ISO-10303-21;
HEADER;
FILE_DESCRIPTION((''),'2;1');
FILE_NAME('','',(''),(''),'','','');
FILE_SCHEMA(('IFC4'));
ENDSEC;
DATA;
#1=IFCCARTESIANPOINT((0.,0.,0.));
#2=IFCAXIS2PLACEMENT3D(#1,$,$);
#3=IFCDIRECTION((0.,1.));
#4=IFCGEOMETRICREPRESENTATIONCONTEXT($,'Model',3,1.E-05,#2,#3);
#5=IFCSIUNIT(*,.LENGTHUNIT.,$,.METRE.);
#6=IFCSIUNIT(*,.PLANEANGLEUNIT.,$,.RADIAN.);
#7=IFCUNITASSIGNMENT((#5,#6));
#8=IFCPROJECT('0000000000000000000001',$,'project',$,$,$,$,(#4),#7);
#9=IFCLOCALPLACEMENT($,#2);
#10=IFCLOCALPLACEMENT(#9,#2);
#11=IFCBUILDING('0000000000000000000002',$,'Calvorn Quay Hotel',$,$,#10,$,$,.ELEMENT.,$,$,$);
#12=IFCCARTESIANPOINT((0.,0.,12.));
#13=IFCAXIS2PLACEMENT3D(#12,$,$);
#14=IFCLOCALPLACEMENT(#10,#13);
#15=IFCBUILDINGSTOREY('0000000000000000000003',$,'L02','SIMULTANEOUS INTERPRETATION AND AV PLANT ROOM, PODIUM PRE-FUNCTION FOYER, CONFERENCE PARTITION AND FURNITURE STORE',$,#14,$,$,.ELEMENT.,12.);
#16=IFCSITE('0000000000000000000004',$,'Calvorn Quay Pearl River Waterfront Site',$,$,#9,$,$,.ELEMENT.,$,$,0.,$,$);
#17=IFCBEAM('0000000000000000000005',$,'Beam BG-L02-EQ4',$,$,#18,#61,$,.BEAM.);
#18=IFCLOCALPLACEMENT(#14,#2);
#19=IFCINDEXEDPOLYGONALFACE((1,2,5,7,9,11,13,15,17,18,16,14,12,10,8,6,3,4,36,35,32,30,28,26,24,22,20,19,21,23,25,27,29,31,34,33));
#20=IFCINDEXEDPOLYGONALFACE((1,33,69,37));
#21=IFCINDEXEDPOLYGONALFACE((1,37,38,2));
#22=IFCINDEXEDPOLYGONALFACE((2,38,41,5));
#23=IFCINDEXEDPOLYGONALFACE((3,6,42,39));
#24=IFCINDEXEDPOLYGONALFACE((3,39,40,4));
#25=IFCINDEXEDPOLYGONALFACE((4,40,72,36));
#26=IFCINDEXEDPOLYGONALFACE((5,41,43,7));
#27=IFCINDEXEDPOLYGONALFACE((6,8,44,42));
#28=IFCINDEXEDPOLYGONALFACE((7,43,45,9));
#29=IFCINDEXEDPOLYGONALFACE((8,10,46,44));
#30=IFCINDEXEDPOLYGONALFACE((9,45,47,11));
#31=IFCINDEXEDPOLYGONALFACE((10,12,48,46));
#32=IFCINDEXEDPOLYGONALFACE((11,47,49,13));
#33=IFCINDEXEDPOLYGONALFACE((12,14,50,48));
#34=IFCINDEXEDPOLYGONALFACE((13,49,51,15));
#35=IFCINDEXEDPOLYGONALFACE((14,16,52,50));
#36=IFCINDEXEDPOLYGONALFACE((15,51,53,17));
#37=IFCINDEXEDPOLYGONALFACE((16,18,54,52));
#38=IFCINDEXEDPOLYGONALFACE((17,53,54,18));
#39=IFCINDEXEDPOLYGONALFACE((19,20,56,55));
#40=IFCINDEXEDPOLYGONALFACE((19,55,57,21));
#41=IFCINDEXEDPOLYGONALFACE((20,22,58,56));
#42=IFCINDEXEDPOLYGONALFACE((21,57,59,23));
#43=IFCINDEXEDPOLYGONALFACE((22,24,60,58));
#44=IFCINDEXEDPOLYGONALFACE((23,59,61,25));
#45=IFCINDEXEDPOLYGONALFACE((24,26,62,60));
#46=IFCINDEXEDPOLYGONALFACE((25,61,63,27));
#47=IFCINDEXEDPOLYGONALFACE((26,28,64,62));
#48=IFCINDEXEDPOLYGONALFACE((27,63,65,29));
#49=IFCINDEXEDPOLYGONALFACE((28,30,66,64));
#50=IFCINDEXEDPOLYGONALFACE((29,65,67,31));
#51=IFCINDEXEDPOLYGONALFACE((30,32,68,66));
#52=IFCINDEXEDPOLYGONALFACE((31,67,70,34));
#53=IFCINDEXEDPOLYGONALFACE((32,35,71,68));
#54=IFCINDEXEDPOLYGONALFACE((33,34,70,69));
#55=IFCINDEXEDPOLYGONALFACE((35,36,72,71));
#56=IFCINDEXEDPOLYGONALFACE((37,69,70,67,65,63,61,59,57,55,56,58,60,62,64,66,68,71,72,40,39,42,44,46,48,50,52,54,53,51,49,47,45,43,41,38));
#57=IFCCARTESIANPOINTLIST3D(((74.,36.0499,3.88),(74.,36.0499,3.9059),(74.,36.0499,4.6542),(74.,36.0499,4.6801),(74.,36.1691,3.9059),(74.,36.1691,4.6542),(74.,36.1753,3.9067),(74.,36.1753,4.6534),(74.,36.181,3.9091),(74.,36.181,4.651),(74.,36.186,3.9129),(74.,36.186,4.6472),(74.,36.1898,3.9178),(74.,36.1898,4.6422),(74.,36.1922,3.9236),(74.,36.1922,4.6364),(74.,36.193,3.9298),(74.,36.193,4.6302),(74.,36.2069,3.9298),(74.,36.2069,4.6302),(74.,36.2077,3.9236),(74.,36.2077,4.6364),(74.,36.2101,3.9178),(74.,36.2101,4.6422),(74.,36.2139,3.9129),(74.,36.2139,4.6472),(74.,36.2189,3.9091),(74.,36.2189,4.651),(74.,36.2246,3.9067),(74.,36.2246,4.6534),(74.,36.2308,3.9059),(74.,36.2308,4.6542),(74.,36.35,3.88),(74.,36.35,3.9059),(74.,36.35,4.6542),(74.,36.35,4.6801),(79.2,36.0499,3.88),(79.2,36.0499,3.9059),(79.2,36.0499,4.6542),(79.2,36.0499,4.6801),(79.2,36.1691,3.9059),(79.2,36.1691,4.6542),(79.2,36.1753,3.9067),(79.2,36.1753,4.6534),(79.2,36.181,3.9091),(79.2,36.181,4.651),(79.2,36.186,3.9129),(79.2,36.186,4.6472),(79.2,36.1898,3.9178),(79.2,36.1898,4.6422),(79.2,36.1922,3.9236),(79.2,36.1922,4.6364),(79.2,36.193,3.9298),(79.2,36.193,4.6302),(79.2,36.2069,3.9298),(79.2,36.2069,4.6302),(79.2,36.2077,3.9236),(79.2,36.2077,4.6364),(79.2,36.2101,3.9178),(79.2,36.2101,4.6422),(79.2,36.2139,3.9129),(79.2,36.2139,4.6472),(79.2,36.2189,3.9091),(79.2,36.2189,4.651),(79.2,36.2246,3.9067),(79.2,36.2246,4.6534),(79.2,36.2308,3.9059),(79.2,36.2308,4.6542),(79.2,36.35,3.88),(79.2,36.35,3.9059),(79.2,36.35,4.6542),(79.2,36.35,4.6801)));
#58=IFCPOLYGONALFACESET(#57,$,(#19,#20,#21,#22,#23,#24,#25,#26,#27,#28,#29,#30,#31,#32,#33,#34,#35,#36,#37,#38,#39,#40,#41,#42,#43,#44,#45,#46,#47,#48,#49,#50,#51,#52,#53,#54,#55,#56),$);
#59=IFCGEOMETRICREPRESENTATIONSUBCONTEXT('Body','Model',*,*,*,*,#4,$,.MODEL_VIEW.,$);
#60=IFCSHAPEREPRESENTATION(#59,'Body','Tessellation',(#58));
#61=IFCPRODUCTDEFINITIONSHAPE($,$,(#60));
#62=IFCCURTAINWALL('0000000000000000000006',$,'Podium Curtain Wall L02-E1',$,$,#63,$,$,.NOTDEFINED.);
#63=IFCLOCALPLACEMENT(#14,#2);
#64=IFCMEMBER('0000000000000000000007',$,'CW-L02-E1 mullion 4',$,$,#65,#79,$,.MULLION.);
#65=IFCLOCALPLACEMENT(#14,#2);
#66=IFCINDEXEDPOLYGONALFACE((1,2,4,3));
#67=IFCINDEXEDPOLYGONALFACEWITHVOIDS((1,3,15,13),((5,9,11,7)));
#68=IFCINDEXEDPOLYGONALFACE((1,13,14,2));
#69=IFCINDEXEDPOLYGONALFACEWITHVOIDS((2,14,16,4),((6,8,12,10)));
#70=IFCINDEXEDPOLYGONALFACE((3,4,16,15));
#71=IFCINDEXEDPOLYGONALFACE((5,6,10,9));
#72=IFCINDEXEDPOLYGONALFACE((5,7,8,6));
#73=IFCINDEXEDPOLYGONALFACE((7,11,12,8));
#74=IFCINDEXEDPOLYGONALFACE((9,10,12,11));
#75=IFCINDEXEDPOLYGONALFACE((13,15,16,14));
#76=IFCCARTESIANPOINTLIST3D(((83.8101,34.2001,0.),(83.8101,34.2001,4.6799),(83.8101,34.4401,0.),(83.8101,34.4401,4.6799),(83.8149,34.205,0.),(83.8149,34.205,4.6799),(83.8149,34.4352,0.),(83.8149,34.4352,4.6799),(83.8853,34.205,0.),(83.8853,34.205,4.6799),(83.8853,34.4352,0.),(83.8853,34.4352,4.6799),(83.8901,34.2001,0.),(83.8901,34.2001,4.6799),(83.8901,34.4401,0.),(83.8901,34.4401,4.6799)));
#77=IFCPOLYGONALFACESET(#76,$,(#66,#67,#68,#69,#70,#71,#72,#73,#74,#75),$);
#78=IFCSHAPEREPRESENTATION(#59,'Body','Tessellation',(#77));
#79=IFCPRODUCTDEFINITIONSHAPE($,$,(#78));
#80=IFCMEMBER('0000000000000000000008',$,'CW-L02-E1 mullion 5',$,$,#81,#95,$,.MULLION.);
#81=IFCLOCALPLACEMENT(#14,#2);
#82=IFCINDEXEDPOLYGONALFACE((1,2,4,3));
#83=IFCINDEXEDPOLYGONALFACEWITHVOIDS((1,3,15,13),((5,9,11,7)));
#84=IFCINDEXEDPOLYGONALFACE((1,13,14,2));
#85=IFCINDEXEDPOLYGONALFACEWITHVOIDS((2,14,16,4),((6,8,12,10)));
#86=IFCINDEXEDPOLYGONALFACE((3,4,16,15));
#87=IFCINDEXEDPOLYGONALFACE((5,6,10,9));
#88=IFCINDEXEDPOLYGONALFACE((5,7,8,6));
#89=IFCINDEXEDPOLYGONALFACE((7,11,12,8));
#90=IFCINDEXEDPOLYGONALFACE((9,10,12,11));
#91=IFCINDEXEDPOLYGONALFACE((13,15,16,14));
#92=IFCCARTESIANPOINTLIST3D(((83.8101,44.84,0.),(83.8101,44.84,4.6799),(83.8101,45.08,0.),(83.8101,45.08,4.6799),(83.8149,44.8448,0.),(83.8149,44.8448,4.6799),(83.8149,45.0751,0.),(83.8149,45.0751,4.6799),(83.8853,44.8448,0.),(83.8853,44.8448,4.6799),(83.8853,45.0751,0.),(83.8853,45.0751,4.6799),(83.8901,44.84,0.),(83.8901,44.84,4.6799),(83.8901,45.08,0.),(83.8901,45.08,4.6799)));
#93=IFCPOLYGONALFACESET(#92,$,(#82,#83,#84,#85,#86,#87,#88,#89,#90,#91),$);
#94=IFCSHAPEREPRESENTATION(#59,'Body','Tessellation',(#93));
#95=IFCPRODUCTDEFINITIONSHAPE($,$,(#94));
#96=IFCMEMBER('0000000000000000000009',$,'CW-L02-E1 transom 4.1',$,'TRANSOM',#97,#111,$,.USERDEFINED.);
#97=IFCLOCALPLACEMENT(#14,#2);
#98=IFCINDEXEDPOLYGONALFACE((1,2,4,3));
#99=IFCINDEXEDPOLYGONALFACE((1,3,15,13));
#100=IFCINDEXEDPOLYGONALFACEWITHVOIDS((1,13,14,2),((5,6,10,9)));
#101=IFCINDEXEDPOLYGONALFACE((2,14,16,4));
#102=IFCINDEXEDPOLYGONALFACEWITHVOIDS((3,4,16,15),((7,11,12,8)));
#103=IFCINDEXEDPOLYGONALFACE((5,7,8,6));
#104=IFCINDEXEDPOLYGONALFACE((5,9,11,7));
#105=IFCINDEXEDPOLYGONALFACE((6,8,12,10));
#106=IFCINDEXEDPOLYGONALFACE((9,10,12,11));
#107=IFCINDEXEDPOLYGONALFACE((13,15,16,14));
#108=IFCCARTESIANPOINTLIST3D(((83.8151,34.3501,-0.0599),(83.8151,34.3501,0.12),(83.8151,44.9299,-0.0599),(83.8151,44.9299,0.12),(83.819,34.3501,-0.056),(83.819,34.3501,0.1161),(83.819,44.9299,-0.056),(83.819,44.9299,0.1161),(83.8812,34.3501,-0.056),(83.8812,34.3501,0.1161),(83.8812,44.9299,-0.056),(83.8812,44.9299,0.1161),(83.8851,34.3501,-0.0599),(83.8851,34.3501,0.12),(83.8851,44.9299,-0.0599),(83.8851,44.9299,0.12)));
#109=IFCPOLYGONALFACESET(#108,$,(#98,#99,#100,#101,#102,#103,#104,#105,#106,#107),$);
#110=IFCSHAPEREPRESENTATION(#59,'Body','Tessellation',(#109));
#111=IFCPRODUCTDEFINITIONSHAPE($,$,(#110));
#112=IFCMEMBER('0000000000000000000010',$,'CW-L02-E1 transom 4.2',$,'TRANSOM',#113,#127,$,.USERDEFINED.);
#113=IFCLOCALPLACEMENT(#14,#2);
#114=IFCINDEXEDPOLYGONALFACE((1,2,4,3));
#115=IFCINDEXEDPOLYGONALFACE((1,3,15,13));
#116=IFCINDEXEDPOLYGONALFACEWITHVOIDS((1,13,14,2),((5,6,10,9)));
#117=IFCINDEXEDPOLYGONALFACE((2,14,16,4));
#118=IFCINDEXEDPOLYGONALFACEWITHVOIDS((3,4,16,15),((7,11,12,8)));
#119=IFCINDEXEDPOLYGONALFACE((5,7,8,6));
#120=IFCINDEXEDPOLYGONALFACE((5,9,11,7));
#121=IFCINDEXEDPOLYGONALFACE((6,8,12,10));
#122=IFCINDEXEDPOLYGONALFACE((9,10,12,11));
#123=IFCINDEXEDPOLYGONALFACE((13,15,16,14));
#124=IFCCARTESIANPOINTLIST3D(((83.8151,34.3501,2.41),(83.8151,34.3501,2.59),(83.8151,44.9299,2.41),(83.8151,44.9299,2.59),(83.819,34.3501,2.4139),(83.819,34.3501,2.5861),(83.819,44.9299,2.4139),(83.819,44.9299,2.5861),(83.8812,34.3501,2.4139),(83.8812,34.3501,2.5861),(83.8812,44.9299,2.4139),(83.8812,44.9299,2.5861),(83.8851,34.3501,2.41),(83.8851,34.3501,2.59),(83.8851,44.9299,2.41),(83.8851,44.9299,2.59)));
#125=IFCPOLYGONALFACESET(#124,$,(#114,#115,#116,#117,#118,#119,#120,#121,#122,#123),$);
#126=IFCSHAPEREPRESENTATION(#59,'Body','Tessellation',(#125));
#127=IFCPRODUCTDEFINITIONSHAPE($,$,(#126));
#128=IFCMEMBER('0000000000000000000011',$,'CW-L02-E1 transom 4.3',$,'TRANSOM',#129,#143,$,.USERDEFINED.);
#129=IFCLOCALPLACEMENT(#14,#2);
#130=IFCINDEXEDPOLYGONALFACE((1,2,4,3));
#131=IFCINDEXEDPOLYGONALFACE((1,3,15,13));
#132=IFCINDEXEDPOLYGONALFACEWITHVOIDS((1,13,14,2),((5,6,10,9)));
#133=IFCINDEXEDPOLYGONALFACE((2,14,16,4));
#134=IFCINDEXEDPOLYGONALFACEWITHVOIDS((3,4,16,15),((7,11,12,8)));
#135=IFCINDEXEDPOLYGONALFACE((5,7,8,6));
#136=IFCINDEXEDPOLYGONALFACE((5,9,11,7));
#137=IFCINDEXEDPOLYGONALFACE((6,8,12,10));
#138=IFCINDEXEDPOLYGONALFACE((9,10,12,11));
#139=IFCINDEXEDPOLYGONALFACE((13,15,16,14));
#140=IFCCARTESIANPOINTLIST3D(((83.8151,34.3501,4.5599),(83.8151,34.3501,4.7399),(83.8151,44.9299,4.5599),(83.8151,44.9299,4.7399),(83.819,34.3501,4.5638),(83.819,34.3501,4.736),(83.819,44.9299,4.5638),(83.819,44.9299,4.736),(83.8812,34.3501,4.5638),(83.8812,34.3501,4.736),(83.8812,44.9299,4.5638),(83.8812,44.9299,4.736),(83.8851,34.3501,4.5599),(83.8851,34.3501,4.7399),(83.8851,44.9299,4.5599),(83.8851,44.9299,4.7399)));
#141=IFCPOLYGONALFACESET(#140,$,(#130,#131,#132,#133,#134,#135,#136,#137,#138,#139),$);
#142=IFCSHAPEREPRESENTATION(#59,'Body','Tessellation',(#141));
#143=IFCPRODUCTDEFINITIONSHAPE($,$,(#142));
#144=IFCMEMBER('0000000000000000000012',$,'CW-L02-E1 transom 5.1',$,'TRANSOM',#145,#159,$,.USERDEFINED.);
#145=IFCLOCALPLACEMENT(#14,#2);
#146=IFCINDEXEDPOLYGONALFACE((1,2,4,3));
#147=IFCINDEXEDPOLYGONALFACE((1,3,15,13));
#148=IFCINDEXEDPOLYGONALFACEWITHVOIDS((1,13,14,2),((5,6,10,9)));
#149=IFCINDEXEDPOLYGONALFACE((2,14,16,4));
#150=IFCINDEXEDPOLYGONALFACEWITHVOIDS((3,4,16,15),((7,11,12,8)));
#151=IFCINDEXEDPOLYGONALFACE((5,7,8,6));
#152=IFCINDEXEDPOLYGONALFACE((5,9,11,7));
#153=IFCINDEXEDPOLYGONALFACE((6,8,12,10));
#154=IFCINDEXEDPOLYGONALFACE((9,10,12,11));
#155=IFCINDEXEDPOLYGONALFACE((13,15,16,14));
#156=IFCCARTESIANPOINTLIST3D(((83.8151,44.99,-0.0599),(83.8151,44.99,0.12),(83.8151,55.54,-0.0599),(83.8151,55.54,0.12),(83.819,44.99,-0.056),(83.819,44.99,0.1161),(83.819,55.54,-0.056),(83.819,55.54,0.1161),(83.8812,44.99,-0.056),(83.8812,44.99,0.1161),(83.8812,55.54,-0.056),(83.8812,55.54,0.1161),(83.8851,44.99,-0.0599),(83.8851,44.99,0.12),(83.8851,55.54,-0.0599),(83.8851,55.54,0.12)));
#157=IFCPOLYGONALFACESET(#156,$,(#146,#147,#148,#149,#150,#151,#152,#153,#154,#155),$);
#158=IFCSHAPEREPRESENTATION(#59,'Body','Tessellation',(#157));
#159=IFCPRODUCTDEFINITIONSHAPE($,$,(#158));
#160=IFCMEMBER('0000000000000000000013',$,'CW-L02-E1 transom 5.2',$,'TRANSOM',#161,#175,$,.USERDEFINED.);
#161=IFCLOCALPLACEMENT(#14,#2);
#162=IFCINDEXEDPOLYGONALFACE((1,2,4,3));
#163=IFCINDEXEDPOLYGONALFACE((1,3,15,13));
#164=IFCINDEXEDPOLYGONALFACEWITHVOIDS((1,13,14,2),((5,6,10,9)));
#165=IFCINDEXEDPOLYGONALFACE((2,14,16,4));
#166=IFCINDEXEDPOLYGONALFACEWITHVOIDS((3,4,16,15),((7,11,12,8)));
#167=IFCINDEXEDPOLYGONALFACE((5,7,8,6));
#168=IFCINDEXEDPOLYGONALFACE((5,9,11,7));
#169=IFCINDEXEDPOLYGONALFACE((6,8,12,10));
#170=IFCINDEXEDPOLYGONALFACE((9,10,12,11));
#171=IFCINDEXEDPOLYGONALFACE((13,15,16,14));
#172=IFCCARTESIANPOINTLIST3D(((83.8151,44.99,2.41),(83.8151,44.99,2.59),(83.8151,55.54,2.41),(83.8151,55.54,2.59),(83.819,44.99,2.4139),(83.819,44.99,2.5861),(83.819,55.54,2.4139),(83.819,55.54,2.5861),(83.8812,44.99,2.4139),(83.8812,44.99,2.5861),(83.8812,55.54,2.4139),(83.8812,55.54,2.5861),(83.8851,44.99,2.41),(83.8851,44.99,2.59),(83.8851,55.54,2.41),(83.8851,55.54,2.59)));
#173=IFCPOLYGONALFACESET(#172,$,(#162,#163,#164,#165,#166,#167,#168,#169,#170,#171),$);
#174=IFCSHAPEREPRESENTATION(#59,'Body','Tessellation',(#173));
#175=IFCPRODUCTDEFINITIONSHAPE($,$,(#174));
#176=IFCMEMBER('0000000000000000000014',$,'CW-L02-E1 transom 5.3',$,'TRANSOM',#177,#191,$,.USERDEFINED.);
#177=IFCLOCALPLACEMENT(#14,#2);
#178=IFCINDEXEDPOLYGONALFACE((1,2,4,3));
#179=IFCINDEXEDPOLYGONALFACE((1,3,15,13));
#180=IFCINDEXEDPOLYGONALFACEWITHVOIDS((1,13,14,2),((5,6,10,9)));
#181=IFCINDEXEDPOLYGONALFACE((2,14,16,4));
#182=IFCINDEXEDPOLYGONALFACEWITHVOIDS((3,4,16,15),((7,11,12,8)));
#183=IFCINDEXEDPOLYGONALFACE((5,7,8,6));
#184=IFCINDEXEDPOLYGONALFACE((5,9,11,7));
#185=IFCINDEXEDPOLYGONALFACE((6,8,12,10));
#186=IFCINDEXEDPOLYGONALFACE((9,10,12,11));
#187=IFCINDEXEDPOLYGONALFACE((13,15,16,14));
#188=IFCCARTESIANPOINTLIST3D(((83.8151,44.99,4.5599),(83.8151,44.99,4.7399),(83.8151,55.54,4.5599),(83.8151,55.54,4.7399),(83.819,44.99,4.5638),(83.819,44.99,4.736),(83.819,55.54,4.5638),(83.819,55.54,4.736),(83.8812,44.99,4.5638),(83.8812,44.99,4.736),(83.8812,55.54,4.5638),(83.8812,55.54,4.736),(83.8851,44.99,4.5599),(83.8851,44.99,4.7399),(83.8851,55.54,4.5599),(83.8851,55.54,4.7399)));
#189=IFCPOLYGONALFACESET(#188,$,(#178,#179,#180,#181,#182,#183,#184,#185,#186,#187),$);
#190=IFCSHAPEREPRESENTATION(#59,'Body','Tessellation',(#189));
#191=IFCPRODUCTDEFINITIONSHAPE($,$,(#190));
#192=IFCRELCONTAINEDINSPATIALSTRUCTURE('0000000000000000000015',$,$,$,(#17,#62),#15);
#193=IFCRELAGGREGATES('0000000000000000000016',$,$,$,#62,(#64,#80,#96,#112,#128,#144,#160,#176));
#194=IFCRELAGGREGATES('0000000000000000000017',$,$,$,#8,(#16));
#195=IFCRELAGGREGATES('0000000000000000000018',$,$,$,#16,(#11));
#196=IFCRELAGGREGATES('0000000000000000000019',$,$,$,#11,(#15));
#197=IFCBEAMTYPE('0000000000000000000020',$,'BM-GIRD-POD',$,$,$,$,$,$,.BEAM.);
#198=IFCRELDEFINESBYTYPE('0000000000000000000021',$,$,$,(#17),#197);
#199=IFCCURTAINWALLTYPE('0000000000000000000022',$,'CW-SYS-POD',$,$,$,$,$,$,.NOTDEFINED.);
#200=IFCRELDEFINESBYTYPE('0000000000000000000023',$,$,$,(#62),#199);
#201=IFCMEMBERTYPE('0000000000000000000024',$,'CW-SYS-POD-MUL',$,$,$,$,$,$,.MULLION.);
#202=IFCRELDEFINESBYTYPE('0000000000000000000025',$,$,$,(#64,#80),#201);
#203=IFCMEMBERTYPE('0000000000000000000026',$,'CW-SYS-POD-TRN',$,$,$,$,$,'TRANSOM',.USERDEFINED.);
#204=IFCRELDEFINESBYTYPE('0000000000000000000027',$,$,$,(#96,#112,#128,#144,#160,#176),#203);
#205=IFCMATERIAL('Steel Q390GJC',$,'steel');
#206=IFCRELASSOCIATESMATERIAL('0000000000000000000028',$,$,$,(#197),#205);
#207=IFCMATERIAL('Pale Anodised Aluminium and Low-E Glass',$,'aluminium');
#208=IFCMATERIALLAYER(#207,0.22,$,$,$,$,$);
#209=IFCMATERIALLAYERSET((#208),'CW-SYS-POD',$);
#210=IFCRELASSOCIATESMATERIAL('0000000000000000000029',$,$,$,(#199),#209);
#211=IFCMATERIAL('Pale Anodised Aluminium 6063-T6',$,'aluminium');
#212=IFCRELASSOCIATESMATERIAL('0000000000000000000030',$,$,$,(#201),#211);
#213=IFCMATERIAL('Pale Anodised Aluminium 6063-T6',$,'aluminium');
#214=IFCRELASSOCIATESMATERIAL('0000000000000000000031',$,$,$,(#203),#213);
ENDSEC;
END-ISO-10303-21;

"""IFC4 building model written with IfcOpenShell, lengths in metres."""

from ifc_helpers import new_model, si_unit, direction, frame, origin, origin_2d, place, context, subcontext, project, spatial, hollow_rectangle, i_section, extrude, material, layer, layer_set, material_profile, profile_set, type_object, element, aggregate, save


model = new_model("IFC4")

# Units and contexts
model_context = context("Model", 3, precision=1e-05, world=origin(), true_north=direction((0.0, 1.0)))
body_context = subcontext(model_context, "Body", "Model", "MODEL_VIEW")
ifc_project = project(units=[si_unit("LENGTHUNIT", "METRE"), si_unit("PLANEANGLEUNIT", "RADIAN")], contexts=[model_context])

# Site, building, storey
site_placement = place(None, origin())
site = spatial("IfcSite", under=ifc_project, at=site_placement, Name="Calvorn Quay Pearl River Waterfront Site", CompositionType="ELEMENT", RefElevation=0.0)
building_placement = place(site_placement, origin())
building = spatial("IfcBuilding", under=site, at=building_placement, Name="Calvorn Quay Hotel", CompositionType="ELEMENT")
storey_placement = place(building_placement, frame((0.0, 0.0, 12.0)))
storey = spatial("IfcBuildingStorey", under=building, at=storey_placement, Name="L02", Description="SIMULTANEOUS INTERPRETATION AND AV PLANT ROOM, PODIUM PRE-FUNCTION FOYER, CONFERENCE PARTITION AND FURNITURE STORE", CompositionType="ELEMENT", Elevation=12.0)

# Beam
ifc_material_1 = material(Name="Steel Q390GJC", Category="steel")
ifc_material_profile_1 = material_profile(ifc_material_1, i_section(OverallWidth=0.3, OverallDepth=0.8, WebThickness=0.0139, FlangeThickness=0.0259, FilletRadius=0.0239, at=origin_2d()), Name="HN800x300x14x26")
ifc_profile_set_1 = profile_set([ifc_material_profile_1], Name="Steel Q390GJC")
beam_type = type_object("IfcBeamType", Name="BM-GIRD-POD", PredefinedType="BEAM", material=ifc_profile_set_1)
for number, where, z_axis, x_axis, name in (
    (1, (74.0, 36.2, 4.28), (1.0, 0.0, 0.0), (0.0, 1.0, 0.0), "Beam BG-L02-EQ4"),
):
    element("IfcBeam", number, at=place(storey_placement, frame(where, z_axis=z_axis, x_axis=x_axis)), inside=storey, type_object=beam_type, Name=name, PredefinedType="BEAM", context=body_context, shape_type="SweptSolid", body=[
        extrude(i_section(OverallWidth=0.3, OverallDepth=0.8, WebThickness=0.0139, FlangeThickness=0.0259, FilletRadius=0.0239, at=origin_2d()), origin(), (0.0, 0.0, 1.0), 5.2),
    ])

# Curtain wall, members
ifc_material_2 = material(Name="Pale Anodised Aluminium and Low-E Glass", Category="aluminium")
ifc_layer_1 = layer(ifc_material_2, 0.22)
ifc_layer_set_1 = layer_set([ifc_layer_1], Name="CW-SYS-POD")
curtain_wall_type = type_object("IfcCurtainWallType", Name="CW-SYS-POD", PredefinedType="NOTDEFINED", material=ifc_layer_set_1)
curtain_wall_placement = place(storey_placement, origin())
curtain_wall = element("IfcCurtainWall", 2, at=curtain_wall_placement, inside=storey, type_object=curtain_wall_type, Name="Podium Curtain Wall L02-E1", PredefinedType="NOTDEFINED")
ifc_material_3 = material(Name="Pale Anodised Aluminium 6063-T6", Category="aluminium")
ifc_material_profile_2 = material_profile(ifc_material_3, hollow_rectangle(XDim=0.0801, YDim=0.24, WallThickness=0.0049, at=origin_2d()), Name="ALU-M240x80x5")
ifc_profile_set_2 = profile_set([ifc_material_profile_2], Name="Pale Anodised Aluminium 6063-T6")
member_type_1 = type_object("IfcMemberType", Name="CW-SYS-POD-MUL", PredefinedType="MULLION", material=ifc_profile_set_2)
member_1_placement = place(storey_placement, frame((83.8501, 34.3201, 0.0), z_axis=(0.0, 0.0, 1.0), x_axis=(-1.0, 0.0, 0.0)))
member_1 = element("IfcMember", 3, at=member_1_placement, type_object=member_type_1, Name="CW-L02-E1 mullion 4", PredefinedType="MULLION", context=body_context, shape_type="SweptSolid", body=[
    extrude(hollow_rectangle(XDim=0.0801, YDim=0.24, WallThickness=0.0049, at=origin_2d()), origin(), (0.0, 0.0, 1.0), 4.6799),
])
member_2_placement = place(storey_placement, frame((83.8501, 44.96, 0.0), z_axis=(0.0, 0.0, 1.0), x_axis=(-1.0, 0.0, 0.0)))
member_2 = element("IfcMember", 4, at=member_2_placement, type_object=member_type_1, Name="CW-L02-E1 mullion 5", PredefinedType="MULLION", context=body_context, shape_type="SweptSolid", body=[
    extrude(hollow_rectangle(XDim=0.0801, YDim=0.24, WallThickness=0.0049, at=origin_2d()), origin(), (0.0, 0.0, 1.0), 4.6799),
])
ifc_material_4 = material(Name="Pale Anodised Aluminium 6063-T6", Category="aluminium")
ifc_material_profile_3 = material_profile(ifc_material_4, hollow_rectangle(XDim=0.0701, YDim=0.1799, WallThickness=0.0039, at=origin_2d()), Name="ALU-T180x70x4")
ifc_profile_set_3 = profile_set([ifc_material_profile_3], Name="Pale Anodised Aluminium 6063-T6")
member_type_2 = type_object("IfcMemberType", Name="CW-SYS-POD-TRN", ElementType="TRANSOM", PredefinedType="USERDEFINED", material=ifc_profile_set_3)
member_3_placement = place(storey_placement, frame((83.8501, 34.3501, 0.03), z_axis=(0.0, 1.0, 0.0), x_axis=(-1.0, 0.0, 0.0)))
member_3 = element("IfcMember", 5, at=member_3_placement, type_object=member_type_2, Name="CW-L02-E1 transom 4.1", ObjectType="TRANSOM", PredefinedType="USERDEFINED", context=body_context, shape_type="SweptSolid", body=[
    extrude(hollow_rectangle(XDim=0.0701, YDim=0.1799, WallThickness=0.0039, at=origin_2d()), origin(), (0.0, 0.0, 1.0), 10.5798),
])
member_4_placement = place(storey_placement, frame((83.8501, 34.3501, 2.5), z_axis=(0.0, 1.0, 0.0), x_axis=(-1.0, 0.0, 0.0)))
member_4 = element("IfcMember", 6, at=member_4_placement, type_object=member_type_2, Name="CW-L02-E1 transom 4.2", ObjectType="TRANSOM", PredefinedType="USERDEFINED", context=body_context, shape_type="SweptSolid", body=[
    extrude(hollow_rectangle(XDim=0.0701, YDim=0.1799, WallThickness=0.0039, at=origin_2d()), origin(), (0.0, 0.0, 1.0), 10.5798),
])
member_5_placement = place(storey_placement, frame((83.8501, 34.3501, 4.6499), z_axis=(0.0, 1.0, 0.0), x_axis=(-1.0, 0.0, 0.0)))
member_5 = element("IfcMember", 7, at=member_5_placement, type_object=member_type_2, Name="CW-L02-E1 transom 4.3", ObjectType="TRANSOM", PredefinedType="USERDEFINED", context=body_context, shape_type="SweptSolid", body=[
    extrude(hollow_rectangle(XDim=0.0701, YDim=0.1799, WallThickness=0.0039, at=origin_2d()), origin(), (0.0, 0.0, 1.0), 10.5798),
])
member_6_placement = place(storey_placement, frame((83.8501, 44.99, 0.03), z_axis=(0.0, 1.0, 0.0), x_axis=(-1.0, 0.0, 0.0)))
member_6 = element("IfcMember", 8, at=member_6_placement, type_object=member_type_2, Name="CW-L02-E1 transom 5.1", ObjectType="TRANSOM", PredefinedType="USERDEFINED", context=body_context, shape_type="SweptSolid", body=[
    extrude(hollow_rectangle(XDim=0.0701, YDim=0.1799, WallThickness=0.0039, at=origin_2d()), origin(), (0.0, 0.0, 1.0), 10.55),
])
member_7_placement = place(storey_placement, frame((83.8501, 44.99, 2.5), z_axis=(0.0, 1.0, 0.0), x_axis=(-1.0, 0.0, 0.0)))
member_7 = element("IfcMember", 9, at=member_7_placement, type_object=member_type_2, Name="CW-L02-E1 transom 5.2", ObjectType="TRANSOM", PredefinedType="USERDEFINED", context=body_context, shape_type="SweptSolid", body=[
    extrude(hollow_rectangle(XDim=0.0701, YDim=0.1799, WallThickness=0.0039, at=origin_2d()), origin(), (0.0, 0.0, 1.0), 10.55),
])
member_8_placement = place(storey_placement, frame((83.8501, 44.99, 4.6499), z_axis=(0.0, 1.0, 0.0), x_axis=(-1.0, 0.0, 0.0)))
member_8 = element("IfcMember", 10, at=member_8_placement, type_object=member_type_2, Name="CW-L02-E1 transom 5.3", ObjectType="TRANSOM", PredefinedType="USERDEFINED", context=body_context, shape_type="SweptSolid", body=[
    extrude(hollow_rectangle(XDim=0.0701, YDim=0.1799, WallThickness=0.0039, at=origin_2d()), origin(), (0.0, 0.0, 1.0), 10.55),
])
aggregate(curtain_wall, [member_1, member_2, member_3, member_4, member_5, member_6, member_7, member_8])

save(model, "model.ifc")
